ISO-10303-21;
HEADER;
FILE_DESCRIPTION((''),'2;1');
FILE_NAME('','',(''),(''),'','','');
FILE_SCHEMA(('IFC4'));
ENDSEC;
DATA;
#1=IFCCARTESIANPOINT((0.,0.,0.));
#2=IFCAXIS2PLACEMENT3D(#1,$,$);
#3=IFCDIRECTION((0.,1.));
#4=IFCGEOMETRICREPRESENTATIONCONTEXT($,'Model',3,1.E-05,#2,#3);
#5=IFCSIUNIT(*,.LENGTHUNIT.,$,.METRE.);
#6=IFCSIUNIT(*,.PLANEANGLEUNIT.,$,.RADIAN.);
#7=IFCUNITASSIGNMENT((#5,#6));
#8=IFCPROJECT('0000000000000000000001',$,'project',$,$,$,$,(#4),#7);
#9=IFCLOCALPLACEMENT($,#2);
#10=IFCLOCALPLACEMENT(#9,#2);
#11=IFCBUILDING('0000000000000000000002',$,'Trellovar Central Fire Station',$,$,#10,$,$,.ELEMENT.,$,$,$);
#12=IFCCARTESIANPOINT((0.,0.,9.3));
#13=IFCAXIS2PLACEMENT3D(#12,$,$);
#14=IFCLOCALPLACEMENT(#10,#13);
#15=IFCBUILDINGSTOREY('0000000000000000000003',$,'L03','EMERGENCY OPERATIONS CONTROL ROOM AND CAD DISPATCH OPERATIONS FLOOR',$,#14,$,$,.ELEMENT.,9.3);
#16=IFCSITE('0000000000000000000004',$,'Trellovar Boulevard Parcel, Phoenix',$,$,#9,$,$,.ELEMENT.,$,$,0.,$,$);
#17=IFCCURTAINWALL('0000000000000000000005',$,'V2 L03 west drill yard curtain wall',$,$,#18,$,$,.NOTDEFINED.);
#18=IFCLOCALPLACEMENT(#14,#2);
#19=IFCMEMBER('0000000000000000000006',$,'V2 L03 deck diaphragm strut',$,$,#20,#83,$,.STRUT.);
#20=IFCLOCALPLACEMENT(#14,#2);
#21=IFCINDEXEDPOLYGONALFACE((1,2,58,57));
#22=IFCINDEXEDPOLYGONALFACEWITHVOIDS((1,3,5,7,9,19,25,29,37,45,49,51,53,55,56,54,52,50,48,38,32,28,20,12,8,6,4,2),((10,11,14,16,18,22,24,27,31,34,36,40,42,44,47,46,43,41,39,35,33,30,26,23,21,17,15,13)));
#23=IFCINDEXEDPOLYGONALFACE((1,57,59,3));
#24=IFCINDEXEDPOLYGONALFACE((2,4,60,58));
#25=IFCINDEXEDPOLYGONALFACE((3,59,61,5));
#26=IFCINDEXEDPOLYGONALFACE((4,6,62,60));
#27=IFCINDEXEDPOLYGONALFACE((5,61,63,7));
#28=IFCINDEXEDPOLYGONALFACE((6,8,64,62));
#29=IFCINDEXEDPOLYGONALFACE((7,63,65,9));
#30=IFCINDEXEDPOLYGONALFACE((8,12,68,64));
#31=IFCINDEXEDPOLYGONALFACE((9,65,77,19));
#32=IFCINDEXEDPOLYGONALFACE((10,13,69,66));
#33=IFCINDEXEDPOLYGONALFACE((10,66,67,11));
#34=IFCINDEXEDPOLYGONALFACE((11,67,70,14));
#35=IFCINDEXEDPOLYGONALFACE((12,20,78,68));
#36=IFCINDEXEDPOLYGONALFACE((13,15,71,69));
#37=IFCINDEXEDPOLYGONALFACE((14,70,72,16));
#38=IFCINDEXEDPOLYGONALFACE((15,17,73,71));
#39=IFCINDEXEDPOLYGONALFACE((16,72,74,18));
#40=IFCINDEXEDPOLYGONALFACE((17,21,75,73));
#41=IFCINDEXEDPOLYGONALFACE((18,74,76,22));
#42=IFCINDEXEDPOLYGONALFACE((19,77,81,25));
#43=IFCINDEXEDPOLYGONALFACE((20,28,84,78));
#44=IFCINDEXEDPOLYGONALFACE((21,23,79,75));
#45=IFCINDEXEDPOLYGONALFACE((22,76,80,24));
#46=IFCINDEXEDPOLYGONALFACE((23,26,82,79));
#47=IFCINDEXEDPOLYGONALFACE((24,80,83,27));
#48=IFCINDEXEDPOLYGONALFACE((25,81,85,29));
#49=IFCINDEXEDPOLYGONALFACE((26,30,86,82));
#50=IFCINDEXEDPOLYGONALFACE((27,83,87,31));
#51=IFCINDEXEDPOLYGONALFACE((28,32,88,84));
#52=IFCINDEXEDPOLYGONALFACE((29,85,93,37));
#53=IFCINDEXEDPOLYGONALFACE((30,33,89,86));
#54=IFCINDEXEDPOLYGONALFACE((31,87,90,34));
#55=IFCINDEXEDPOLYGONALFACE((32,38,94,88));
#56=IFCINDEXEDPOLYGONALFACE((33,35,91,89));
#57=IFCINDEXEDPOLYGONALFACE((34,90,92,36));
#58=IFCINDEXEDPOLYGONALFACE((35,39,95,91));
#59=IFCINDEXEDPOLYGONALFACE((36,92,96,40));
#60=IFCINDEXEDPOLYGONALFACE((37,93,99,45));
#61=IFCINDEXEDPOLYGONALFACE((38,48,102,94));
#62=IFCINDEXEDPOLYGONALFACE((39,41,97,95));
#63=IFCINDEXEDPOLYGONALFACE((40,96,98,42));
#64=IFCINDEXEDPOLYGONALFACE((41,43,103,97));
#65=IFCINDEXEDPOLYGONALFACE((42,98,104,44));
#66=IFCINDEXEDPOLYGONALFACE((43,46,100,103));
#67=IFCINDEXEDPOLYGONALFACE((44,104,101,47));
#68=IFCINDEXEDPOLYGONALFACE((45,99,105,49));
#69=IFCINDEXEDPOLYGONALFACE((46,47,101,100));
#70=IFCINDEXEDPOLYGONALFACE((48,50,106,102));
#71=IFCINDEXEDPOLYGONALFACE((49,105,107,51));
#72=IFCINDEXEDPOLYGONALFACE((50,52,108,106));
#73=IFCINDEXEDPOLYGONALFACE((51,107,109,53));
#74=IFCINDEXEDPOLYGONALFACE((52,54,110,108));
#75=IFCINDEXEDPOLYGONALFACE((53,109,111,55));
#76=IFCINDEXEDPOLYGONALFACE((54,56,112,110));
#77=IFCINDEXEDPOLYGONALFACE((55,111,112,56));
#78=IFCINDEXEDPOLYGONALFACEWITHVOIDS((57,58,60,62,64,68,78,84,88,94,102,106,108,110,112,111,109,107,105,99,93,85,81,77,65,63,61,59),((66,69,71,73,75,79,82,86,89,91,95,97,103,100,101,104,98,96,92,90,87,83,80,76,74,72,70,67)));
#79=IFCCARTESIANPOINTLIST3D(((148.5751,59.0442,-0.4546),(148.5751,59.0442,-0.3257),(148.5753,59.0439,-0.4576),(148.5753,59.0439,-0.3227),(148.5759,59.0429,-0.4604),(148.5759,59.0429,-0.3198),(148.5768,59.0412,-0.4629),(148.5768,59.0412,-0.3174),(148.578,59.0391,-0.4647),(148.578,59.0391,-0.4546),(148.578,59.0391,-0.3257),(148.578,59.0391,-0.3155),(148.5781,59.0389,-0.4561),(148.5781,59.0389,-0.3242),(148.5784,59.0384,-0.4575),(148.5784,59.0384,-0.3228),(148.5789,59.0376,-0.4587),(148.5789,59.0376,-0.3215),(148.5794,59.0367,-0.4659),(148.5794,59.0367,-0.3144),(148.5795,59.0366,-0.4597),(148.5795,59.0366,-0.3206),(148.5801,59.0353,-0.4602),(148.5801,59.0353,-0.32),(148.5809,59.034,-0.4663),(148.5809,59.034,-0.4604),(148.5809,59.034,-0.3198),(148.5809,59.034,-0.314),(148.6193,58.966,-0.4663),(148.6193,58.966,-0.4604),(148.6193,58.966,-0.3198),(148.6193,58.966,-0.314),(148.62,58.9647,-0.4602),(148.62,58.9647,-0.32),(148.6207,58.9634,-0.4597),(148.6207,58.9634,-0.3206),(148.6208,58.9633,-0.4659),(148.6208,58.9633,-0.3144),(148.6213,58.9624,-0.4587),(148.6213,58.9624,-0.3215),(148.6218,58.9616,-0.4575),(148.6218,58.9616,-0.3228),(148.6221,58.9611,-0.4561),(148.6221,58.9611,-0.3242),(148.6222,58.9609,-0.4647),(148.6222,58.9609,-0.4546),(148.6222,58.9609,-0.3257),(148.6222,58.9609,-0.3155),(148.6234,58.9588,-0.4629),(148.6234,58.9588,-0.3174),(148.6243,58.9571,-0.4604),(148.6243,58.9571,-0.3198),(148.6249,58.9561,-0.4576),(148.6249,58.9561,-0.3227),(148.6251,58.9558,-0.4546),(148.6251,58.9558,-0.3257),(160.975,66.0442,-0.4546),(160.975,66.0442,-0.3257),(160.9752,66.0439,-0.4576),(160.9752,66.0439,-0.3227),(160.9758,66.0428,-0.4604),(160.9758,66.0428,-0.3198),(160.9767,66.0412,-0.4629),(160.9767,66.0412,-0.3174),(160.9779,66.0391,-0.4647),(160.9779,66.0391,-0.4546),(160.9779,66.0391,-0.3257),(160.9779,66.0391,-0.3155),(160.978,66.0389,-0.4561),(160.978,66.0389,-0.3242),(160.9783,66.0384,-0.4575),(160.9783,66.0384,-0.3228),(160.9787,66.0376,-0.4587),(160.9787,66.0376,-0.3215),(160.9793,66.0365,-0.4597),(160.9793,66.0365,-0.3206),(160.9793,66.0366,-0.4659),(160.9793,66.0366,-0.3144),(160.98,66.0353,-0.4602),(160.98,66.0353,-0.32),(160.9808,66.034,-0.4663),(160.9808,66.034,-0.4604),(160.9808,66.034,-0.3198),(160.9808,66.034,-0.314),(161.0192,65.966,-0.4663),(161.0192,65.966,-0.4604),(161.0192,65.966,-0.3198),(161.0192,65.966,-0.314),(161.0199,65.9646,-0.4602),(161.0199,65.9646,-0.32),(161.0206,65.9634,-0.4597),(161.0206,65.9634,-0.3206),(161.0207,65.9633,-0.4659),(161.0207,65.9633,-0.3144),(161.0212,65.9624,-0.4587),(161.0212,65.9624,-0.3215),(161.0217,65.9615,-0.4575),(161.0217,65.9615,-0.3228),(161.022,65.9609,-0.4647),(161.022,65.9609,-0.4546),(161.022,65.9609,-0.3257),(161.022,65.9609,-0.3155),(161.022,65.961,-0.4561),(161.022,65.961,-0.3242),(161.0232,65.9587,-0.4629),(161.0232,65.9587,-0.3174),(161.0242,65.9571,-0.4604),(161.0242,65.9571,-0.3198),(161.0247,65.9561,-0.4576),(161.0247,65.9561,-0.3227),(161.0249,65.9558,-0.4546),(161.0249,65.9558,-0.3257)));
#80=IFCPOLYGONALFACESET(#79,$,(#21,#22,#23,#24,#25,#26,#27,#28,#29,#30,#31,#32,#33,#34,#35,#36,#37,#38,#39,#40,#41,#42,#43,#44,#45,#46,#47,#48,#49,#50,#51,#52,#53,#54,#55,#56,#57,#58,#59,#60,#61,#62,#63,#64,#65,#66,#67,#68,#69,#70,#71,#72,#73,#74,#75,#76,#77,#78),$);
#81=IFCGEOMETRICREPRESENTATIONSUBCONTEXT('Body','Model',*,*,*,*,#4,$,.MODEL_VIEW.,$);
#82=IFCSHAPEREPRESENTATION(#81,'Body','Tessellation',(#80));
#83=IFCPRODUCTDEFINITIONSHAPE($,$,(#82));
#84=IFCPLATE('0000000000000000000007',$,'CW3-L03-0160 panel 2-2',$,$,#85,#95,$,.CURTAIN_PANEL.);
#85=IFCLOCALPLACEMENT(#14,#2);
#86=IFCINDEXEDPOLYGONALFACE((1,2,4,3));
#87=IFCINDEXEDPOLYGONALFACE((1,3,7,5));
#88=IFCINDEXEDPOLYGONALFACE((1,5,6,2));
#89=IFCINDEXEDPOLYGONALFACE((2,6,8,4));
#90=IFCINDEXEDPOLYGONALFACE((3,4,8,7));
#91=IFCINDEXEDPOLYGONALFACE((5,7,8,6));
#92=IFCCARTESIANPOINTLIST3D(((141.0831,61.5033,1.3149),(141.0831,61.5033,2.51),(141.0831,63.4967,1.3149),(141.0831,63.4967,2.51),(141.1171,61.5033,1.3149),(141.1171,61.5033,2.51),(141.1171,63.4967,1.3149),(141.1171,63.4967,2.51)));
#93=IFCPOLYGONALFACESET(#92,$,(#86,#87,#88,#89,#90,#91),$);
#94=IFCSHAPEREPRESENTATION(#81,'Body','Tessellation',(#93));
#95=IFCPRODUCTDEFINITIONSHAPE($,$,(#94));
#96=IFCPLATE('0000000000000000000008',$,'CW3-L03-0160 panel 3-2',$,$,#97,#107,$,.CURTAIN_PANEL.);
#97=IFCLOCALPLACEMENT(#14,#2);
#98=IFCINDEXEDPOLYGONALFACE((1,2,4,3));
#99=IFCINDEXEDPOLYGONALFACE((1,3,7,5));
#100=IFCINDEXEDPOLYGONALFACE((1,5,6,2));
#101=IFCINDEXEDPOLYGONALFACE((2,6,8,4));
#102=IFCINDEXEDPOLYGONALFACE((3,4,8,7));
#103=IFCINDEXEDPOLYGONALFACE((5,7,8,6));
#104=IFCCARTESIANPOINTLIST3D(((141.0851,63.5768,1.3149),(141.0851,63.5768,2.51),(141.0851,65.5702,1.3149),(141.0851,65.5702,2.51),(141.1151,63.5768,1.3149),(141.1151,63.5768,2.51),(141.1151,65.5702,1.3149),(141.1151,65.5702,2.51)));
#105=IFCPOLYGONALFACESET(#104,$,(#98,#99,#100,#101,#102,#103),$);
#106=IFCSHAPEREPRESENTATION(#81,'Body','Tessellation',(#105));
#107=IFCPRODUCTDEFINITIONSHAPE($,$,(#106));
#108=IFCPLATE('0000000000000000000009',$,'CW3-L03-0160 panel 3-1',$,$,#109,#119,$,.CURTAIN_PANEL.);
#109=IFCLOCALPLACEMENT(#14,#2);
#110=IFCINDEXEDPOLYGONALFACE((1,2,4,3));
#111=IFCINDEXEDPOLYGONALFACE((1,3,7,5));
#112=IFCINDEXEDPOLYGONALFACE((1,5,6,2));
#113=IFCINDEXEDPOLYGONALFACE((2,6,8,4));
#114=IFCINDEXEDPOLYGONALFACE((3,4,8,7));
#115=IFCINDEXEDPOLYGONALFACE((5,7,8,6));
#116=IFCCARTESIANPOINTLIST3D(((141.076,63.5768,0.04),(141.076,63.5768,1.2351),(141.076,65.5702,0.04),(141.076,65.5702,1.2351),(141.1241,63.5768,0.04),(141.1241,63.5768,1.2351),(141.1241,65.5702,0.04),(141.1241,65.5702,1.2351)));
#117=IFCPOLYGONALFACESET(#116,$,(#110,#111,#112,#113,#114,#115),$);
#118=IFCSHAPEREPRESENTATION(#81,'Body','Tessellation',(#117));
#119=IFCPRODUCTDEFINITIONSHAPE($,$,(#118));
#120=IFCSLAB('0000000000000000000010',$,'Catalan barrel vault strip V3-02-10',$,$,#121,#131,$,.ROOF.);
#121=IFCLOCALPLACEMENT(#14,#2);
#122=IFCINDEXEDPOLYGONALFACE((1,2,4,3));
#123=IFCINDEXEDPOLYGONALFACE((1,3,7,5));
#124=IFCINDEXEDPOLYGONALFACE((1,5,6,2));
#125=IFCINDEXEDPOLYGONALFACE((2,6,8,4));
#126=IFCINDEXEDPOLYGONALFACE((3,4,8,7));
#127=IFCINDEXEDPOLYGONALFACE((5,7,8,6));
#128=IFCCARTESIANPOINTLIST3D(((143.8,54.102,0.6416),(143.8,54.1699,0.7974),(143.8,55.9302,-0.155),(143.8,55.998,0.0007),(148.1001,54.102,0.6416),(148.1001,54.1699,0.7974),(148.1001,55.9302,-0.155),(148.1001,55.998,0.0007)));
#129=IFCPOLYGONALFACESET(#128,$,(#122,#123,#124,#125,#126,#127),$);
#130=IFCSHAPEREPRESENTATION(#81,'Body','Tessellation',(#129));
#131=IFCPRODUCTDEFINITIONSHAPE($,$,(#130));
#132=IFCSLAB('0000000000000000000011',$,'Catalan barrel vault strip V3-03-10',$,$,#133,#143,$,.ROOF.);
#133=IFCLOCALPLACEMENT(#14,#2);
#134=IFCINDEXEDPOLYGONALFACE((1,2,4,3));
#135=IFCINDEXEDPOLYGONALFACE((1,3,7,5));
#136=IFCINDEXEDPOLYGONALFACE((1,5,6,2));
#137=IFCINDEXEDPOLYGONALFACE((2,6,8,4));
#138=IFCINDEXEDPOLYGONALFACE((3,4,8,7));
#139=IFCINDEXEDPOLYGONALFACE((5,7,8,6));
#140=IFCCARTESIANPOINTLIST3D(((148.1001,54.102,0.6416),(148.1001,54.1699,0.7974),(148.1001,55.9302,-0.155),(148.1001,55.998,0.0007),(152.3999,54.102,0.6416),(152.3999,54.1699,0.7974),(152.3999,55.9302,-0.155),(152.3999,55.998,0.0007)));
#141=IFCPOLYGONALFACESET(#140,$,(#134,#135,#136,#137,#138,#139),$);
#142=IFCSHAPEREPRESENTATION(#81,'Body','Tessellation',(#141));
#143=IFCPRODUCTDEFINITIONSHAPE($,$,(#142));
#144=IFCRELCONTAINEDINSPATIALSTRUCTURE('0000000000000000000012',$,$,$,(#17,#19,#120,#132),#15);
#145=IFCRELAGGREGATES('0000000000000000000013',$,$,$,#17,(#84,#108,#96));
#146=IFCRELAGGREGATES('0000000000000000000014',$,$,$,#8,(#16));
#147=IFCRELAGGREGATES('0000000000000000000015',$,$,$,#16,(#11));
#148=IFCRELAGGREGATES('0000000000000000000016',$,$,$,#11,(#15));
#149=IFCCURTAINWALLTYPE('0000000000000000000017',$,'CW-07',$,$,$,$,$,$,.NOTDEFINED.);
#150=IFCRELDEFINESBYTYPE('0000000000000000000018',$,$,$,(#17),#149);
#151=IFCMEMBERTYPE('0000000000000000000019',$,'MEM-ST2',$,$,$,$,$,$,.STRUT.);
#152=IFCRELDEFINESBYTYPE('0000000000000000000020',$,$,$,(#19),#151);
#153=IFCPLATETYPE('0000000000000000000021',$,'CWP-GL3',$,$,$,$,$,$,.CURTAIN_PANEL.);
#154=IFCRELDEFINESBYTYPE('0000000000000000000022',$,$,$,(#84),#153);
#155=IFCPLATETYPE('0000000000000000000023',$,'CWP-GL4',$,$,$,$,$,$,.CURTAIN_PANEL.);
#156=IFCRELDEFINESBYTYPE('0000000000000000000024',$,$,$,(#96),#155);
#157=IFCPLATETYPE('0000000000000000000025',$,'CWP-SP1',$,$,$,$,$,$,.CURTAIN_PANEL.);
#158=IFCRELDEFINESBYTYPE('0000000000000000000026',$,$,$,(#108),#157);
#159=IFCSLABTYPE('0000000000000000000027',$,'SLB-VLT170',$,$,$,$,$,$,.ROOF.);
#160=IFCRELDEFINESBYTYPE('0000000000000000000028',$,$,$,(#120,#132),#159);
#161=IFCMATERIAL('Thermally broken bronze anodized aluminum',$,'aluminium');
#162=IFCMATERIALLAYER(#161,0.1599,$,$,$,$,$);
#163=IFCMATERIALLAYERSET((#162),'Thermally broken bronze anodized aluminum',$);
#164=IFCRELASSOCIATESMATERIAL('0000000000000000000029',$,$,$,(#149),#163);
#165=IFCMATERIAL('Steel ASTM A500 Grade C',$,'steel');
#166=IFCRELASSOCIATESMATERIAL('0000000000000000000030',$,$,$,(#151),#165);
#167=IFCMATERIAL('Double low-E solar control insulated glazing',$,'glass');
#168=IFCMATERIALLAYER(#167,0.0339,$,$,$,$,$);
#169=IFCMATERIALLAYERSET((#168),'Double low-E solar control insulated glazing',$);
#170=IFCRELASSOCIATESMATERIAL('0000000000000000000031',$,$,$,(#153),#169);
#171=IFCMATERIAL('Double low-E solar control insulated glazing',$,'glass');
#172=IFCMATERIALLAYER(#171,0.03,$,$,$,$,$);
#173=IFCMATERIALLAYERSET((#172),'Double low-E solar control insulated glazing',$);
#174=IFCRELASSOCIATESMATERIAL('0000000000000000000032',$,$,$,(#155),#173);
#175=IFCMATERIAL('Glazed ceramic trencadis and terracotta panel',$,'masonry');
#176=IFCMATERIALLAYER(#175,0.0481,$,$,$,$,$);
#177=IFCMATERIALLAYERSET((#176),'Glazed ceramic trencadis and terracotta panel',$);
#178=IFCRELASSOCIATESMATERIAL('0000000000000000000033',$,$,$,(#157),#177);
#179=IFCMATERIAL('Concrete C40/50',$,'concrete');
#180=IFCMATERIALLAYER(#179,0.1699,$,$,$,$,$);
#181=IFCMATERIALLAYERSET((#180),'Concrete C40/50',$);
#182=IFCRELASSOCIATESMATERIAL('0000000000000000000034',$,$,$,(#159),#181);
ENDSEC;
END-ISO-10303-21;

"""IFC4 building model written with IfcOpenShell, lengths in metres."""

from ifc_helpers import new_model, si_unit, direction, frame, origin, origin_2d, place, context, subcontext, project, spatial, polyline, rectangle, hollow_rectangle, outline, extrude, material, layer, layer_set, material_profile, profile_set, type_object, element, aggregate, save


model = new_model("IFC4")

# Units and contexts
model_context = context("Model", 3, precision=1e-05, world=origin(), true_north=direction((0.0, 1.0)))
body_context = subcontext(model_context, "Body", "Model", "MODEL_VIEW")
ifc_project = project(units=[si_unit("LENGTHUNIT", "METRE"), si_unit("PLANEANGLEUNIT", "RADIAN")], contexts=[model_context])

# Site, building, storey
site_placement = place(None, origin())
site = spatial("IfcSite", under=ifc_project, at=site_placement, Name="Trellovar Boulevard Parcel, Phoenix", CompositionType="ELEMENT", RefElevation=0.0)
building_placement = place(site_placement, origin())
building = spatial("IfcBuilding", under=site, at=building_placement, Name="Trellovar Central Fire Station", CompositionType="ELEMENT")
storey_placement = place(building_placement, frame((0.0, 0.0, 9.3)))
storey = spatial("IfcBuildingStorey", under=building, at=storey_placement, Name="L03", Description="EMERGENCY OPERATIONS CONTROL ROOM AND CAD DISPATCH OPERATIONS FLOOR", CompositionType="ELEMENT", Elevation=9.3)

# Curtain wall
ifc_material_1 = material(Name="Thermally broken bronze anodized aluminum", Category="aluminium")
ifc_layer_1 = layer(ifc_material_1, 0.1599)
ifc_layer_set_1 = layer_set([ifc_layer_1], Name="Thermally broken bronze anodized aluminum")
curtain_wall_type = type_object("IfcCurtainWallType", Name="CW-07", PredefinedType="NOTDEFINED", material=ifc_layer_set_1)
curtain_wall_placement = place(storey_placement, origin())
curtain_wall = element("IfcCurtainWall", 1, at=curtain_wall_placement, inside=storey, type_object=curtain_wall_type, Name="V2 L03 west drill yard curtain wall", PredefinedType="NOTDEFINED")

# Member
ifc_material_2 = material(Name="Steel ASTM A500 Grade C", Category="steel")
ifc_material_profile_1 = material_profile(ifc_material_2, hollow_rectangle(XDim=0.1016, YDim=0.1523, WallThickness=0.0059, InnerFilletRadius=0.0059, OuterFilletRadius=0.0117, at=origin_2d()), Name="HSS6X4X1/4")
ifc_profile_set_1 = profile_set([ifc_material_profile_1], Name="Steel ASTM A500 Grade C")
member_type_1 = type_object("IfcMemberType", Name="MEM-ST2", PredefinedType="STRUT", material=ifc_profile_set_1)
member_1_placement = place(storey_placement, frame((148.6001, 59.0, -0.3901), z_axis=(0.870823, 0.491597, 0.0), x_axis=(-0.491597, 0.870823, 0.0)))
element("IfcMember", 2, at=member_1_placement, inside=storey, type_object=member_type_1, Name="V2 L03 deck diaphragm strut", PredefinedType="STRUT", context=body_context, shape_type="SweptSolid", body=[
    extrude(hollow_rectangle(XDim=0.1016, YDim=0.1523, WallThickness=0.0059, InnerFilletRadius=0.0059, OuterFilletRadius=0.0117, at=origin_2d()), origin(), (0.0, 0.0, 1.0), 14.2393),
])

# Plates
ifc_material_3 = material(Name="Double low-E solar control insulated glazing", Category="glass")
ifc_layer_2 = layer(ifc_material_3, 0.0339)
ifc_layer_set_2 = layer_set([ifc_layer_2], Name="Double low-E solar control insulated glazing")
plate_type_1 = type_object("IfcPlateType", Name="CWP-GL3", PredefinedType="CURTAIN_PANEL", material=ifc_layer_set_2)
plate_1_placement = place(storey_placement, frame((141.1001, 62.5, 1.3149), z_axis=(0.0, 0.0, 1.0), x_axis=(0.0, 1.0, 0.0)))
plate_1 = element("IfcPlate", 3, at=plate_1_placement, type_object=plate_type_1, Name="CW3-L03-0160 panel 2-2", PredefinedType="CURTAIN_PANEL", context=body_context, shape_type="SweptSolid", body=[
    extrude(rectangle(XDim=1.9934, YDim=0.0339, at=origin_2d()), origin(), (0.0, 0.0, 1.0), 1.1951),
])
ifc_material_4 = material(Name="Double low-E solar control insulated glazing", Category="glass")
ifc_layer_3 = layer(ifc_material_4, 0.03)
ifc_layer_set_3 = layer_set([ifc_layer_3], Name="Double low-E solar control insulated glazing")
plate_type_2 = type_object("IfcPlateType", Name="CWP-GL4", PredefinedType="CURTAIN_PANEL", material=ifc_layer_set_3)
plate_2_placement = place(storey_placement, frame((141.1001, 64.5735, 1.3149), z_axis=(0.0, 0.0, 1.0), x_axis=(0.0, 1.0, 0.0)))
plate_2 = element("IfcPlate", 4, at=plate_2_placement, type_object=plate_type_2, Name="CW3-L03-0160 panel 3-2", PredefinedType="CURTAIN_PANEL", context=body_context, shape_type="SweptSolid", body=[
    extrude(rectangle(XDim=1.9934, YDim=0.03, at=origin_2d()), origin(), (0.0, 0.0, 1.0), 1.1951),
])
ifc_material_5 = material(Name="Glazed ceramic trencadis and terracotta panel", Category="masonry")
ifc_layer_4 = layer(ifc_material_5, 0.0481)
ifc_layer_set_4 = layer_set([ifc_layer_4], Name="Glazed ceramic trencadis and terracotta panel")
plate_type_3 = type_object("IfcPlateType", Name="CWP-SP1", PredefinedType="CURTAIN_PANEL", material=ifc_layer_set_4)
plate_3_placement = place(storey_placement, frame((141.1001, 64.5735, 0.04), z_axis=(0.0, 0.0, 1.0), x_axis=(0.0, 1.0, 0.0)))
plate_3 = element("IfcPlate", 5, at=plate_3_placement, type_object=plate_type_3, Name="CW3-L03-0160 panel 3-1", PredefinedType="CURTAIN_PANEL", context=body_context, shape_type="SweptSolid", body=[
    extrude(rectangle(XDim=1.9934, YDim=0.0481, at=origin_2d()), origin(), (0.0, 0.0, 1.0), 1.1951),
])
aggregate(curtain_wall, [plate_1, plate_3, plate_2])

# Slabs
ifc_material_6 = material(Name="Concrete C40/50", Category="concrete")
ifc_layer_5 = layer(ifc_material_6, 0.1699)
ifc_layer_set_5 = layer_set([ifc_layer_5], Name="Concrete C40/50")
slab_type = type_object("IfcSlabType", Name="SLB-VLT170", PredefinedType="ROOF", material=ifc_layer_set_5)
slab_1_placement = place(storey_placement, frame((143.8, 54.1699, 0.7974), z_axis=(0.0, 0.399483, 0.916741), x_axis=(1.0, 0.0, 0.0)))
element("IfcSlab", 6, at=slab_1_placement, inside=storey, type_object=slab_type, Name="Catalan barrel vault strip V3-02-10", PredefinedType="ROOF", context=body_context, shape_type="SweptSolid", body=[
    extrude(outline(polyline([(0.0, 0.0), (4.3, 0.0), (4.3, 1.9942), (0.0, 1.9942), (0.0, 0.0)])), origin(), (0.0, 0.0, -1.0), 0.1699),
])
slab_2_placement = place(storey_placement, frame((148.1001, 54.1699, 0.7974), z_axis=(0.0, 0.399483, 0.916741), x_axis=(1.0, 0.0, 0.0)))
element("IfcSlab", 7, at=slab_2_placement, inside=storey, type_object=slab_type, Name="Catalan barrel vault strip V3-03-10", PredefinedType="ROOF", context=body_context, shape_type="SweptSolid", body=[
    extrude(outline(polyline([(0.0, 0.0), (4.2998, 0.0), (4.2998, 1.9942), (0.0, 1.9942), (0.0, 0.0)])), origin(), (0.0, 0.0, -1.0), 0.1699),
])

save(model, "model.ifc")
